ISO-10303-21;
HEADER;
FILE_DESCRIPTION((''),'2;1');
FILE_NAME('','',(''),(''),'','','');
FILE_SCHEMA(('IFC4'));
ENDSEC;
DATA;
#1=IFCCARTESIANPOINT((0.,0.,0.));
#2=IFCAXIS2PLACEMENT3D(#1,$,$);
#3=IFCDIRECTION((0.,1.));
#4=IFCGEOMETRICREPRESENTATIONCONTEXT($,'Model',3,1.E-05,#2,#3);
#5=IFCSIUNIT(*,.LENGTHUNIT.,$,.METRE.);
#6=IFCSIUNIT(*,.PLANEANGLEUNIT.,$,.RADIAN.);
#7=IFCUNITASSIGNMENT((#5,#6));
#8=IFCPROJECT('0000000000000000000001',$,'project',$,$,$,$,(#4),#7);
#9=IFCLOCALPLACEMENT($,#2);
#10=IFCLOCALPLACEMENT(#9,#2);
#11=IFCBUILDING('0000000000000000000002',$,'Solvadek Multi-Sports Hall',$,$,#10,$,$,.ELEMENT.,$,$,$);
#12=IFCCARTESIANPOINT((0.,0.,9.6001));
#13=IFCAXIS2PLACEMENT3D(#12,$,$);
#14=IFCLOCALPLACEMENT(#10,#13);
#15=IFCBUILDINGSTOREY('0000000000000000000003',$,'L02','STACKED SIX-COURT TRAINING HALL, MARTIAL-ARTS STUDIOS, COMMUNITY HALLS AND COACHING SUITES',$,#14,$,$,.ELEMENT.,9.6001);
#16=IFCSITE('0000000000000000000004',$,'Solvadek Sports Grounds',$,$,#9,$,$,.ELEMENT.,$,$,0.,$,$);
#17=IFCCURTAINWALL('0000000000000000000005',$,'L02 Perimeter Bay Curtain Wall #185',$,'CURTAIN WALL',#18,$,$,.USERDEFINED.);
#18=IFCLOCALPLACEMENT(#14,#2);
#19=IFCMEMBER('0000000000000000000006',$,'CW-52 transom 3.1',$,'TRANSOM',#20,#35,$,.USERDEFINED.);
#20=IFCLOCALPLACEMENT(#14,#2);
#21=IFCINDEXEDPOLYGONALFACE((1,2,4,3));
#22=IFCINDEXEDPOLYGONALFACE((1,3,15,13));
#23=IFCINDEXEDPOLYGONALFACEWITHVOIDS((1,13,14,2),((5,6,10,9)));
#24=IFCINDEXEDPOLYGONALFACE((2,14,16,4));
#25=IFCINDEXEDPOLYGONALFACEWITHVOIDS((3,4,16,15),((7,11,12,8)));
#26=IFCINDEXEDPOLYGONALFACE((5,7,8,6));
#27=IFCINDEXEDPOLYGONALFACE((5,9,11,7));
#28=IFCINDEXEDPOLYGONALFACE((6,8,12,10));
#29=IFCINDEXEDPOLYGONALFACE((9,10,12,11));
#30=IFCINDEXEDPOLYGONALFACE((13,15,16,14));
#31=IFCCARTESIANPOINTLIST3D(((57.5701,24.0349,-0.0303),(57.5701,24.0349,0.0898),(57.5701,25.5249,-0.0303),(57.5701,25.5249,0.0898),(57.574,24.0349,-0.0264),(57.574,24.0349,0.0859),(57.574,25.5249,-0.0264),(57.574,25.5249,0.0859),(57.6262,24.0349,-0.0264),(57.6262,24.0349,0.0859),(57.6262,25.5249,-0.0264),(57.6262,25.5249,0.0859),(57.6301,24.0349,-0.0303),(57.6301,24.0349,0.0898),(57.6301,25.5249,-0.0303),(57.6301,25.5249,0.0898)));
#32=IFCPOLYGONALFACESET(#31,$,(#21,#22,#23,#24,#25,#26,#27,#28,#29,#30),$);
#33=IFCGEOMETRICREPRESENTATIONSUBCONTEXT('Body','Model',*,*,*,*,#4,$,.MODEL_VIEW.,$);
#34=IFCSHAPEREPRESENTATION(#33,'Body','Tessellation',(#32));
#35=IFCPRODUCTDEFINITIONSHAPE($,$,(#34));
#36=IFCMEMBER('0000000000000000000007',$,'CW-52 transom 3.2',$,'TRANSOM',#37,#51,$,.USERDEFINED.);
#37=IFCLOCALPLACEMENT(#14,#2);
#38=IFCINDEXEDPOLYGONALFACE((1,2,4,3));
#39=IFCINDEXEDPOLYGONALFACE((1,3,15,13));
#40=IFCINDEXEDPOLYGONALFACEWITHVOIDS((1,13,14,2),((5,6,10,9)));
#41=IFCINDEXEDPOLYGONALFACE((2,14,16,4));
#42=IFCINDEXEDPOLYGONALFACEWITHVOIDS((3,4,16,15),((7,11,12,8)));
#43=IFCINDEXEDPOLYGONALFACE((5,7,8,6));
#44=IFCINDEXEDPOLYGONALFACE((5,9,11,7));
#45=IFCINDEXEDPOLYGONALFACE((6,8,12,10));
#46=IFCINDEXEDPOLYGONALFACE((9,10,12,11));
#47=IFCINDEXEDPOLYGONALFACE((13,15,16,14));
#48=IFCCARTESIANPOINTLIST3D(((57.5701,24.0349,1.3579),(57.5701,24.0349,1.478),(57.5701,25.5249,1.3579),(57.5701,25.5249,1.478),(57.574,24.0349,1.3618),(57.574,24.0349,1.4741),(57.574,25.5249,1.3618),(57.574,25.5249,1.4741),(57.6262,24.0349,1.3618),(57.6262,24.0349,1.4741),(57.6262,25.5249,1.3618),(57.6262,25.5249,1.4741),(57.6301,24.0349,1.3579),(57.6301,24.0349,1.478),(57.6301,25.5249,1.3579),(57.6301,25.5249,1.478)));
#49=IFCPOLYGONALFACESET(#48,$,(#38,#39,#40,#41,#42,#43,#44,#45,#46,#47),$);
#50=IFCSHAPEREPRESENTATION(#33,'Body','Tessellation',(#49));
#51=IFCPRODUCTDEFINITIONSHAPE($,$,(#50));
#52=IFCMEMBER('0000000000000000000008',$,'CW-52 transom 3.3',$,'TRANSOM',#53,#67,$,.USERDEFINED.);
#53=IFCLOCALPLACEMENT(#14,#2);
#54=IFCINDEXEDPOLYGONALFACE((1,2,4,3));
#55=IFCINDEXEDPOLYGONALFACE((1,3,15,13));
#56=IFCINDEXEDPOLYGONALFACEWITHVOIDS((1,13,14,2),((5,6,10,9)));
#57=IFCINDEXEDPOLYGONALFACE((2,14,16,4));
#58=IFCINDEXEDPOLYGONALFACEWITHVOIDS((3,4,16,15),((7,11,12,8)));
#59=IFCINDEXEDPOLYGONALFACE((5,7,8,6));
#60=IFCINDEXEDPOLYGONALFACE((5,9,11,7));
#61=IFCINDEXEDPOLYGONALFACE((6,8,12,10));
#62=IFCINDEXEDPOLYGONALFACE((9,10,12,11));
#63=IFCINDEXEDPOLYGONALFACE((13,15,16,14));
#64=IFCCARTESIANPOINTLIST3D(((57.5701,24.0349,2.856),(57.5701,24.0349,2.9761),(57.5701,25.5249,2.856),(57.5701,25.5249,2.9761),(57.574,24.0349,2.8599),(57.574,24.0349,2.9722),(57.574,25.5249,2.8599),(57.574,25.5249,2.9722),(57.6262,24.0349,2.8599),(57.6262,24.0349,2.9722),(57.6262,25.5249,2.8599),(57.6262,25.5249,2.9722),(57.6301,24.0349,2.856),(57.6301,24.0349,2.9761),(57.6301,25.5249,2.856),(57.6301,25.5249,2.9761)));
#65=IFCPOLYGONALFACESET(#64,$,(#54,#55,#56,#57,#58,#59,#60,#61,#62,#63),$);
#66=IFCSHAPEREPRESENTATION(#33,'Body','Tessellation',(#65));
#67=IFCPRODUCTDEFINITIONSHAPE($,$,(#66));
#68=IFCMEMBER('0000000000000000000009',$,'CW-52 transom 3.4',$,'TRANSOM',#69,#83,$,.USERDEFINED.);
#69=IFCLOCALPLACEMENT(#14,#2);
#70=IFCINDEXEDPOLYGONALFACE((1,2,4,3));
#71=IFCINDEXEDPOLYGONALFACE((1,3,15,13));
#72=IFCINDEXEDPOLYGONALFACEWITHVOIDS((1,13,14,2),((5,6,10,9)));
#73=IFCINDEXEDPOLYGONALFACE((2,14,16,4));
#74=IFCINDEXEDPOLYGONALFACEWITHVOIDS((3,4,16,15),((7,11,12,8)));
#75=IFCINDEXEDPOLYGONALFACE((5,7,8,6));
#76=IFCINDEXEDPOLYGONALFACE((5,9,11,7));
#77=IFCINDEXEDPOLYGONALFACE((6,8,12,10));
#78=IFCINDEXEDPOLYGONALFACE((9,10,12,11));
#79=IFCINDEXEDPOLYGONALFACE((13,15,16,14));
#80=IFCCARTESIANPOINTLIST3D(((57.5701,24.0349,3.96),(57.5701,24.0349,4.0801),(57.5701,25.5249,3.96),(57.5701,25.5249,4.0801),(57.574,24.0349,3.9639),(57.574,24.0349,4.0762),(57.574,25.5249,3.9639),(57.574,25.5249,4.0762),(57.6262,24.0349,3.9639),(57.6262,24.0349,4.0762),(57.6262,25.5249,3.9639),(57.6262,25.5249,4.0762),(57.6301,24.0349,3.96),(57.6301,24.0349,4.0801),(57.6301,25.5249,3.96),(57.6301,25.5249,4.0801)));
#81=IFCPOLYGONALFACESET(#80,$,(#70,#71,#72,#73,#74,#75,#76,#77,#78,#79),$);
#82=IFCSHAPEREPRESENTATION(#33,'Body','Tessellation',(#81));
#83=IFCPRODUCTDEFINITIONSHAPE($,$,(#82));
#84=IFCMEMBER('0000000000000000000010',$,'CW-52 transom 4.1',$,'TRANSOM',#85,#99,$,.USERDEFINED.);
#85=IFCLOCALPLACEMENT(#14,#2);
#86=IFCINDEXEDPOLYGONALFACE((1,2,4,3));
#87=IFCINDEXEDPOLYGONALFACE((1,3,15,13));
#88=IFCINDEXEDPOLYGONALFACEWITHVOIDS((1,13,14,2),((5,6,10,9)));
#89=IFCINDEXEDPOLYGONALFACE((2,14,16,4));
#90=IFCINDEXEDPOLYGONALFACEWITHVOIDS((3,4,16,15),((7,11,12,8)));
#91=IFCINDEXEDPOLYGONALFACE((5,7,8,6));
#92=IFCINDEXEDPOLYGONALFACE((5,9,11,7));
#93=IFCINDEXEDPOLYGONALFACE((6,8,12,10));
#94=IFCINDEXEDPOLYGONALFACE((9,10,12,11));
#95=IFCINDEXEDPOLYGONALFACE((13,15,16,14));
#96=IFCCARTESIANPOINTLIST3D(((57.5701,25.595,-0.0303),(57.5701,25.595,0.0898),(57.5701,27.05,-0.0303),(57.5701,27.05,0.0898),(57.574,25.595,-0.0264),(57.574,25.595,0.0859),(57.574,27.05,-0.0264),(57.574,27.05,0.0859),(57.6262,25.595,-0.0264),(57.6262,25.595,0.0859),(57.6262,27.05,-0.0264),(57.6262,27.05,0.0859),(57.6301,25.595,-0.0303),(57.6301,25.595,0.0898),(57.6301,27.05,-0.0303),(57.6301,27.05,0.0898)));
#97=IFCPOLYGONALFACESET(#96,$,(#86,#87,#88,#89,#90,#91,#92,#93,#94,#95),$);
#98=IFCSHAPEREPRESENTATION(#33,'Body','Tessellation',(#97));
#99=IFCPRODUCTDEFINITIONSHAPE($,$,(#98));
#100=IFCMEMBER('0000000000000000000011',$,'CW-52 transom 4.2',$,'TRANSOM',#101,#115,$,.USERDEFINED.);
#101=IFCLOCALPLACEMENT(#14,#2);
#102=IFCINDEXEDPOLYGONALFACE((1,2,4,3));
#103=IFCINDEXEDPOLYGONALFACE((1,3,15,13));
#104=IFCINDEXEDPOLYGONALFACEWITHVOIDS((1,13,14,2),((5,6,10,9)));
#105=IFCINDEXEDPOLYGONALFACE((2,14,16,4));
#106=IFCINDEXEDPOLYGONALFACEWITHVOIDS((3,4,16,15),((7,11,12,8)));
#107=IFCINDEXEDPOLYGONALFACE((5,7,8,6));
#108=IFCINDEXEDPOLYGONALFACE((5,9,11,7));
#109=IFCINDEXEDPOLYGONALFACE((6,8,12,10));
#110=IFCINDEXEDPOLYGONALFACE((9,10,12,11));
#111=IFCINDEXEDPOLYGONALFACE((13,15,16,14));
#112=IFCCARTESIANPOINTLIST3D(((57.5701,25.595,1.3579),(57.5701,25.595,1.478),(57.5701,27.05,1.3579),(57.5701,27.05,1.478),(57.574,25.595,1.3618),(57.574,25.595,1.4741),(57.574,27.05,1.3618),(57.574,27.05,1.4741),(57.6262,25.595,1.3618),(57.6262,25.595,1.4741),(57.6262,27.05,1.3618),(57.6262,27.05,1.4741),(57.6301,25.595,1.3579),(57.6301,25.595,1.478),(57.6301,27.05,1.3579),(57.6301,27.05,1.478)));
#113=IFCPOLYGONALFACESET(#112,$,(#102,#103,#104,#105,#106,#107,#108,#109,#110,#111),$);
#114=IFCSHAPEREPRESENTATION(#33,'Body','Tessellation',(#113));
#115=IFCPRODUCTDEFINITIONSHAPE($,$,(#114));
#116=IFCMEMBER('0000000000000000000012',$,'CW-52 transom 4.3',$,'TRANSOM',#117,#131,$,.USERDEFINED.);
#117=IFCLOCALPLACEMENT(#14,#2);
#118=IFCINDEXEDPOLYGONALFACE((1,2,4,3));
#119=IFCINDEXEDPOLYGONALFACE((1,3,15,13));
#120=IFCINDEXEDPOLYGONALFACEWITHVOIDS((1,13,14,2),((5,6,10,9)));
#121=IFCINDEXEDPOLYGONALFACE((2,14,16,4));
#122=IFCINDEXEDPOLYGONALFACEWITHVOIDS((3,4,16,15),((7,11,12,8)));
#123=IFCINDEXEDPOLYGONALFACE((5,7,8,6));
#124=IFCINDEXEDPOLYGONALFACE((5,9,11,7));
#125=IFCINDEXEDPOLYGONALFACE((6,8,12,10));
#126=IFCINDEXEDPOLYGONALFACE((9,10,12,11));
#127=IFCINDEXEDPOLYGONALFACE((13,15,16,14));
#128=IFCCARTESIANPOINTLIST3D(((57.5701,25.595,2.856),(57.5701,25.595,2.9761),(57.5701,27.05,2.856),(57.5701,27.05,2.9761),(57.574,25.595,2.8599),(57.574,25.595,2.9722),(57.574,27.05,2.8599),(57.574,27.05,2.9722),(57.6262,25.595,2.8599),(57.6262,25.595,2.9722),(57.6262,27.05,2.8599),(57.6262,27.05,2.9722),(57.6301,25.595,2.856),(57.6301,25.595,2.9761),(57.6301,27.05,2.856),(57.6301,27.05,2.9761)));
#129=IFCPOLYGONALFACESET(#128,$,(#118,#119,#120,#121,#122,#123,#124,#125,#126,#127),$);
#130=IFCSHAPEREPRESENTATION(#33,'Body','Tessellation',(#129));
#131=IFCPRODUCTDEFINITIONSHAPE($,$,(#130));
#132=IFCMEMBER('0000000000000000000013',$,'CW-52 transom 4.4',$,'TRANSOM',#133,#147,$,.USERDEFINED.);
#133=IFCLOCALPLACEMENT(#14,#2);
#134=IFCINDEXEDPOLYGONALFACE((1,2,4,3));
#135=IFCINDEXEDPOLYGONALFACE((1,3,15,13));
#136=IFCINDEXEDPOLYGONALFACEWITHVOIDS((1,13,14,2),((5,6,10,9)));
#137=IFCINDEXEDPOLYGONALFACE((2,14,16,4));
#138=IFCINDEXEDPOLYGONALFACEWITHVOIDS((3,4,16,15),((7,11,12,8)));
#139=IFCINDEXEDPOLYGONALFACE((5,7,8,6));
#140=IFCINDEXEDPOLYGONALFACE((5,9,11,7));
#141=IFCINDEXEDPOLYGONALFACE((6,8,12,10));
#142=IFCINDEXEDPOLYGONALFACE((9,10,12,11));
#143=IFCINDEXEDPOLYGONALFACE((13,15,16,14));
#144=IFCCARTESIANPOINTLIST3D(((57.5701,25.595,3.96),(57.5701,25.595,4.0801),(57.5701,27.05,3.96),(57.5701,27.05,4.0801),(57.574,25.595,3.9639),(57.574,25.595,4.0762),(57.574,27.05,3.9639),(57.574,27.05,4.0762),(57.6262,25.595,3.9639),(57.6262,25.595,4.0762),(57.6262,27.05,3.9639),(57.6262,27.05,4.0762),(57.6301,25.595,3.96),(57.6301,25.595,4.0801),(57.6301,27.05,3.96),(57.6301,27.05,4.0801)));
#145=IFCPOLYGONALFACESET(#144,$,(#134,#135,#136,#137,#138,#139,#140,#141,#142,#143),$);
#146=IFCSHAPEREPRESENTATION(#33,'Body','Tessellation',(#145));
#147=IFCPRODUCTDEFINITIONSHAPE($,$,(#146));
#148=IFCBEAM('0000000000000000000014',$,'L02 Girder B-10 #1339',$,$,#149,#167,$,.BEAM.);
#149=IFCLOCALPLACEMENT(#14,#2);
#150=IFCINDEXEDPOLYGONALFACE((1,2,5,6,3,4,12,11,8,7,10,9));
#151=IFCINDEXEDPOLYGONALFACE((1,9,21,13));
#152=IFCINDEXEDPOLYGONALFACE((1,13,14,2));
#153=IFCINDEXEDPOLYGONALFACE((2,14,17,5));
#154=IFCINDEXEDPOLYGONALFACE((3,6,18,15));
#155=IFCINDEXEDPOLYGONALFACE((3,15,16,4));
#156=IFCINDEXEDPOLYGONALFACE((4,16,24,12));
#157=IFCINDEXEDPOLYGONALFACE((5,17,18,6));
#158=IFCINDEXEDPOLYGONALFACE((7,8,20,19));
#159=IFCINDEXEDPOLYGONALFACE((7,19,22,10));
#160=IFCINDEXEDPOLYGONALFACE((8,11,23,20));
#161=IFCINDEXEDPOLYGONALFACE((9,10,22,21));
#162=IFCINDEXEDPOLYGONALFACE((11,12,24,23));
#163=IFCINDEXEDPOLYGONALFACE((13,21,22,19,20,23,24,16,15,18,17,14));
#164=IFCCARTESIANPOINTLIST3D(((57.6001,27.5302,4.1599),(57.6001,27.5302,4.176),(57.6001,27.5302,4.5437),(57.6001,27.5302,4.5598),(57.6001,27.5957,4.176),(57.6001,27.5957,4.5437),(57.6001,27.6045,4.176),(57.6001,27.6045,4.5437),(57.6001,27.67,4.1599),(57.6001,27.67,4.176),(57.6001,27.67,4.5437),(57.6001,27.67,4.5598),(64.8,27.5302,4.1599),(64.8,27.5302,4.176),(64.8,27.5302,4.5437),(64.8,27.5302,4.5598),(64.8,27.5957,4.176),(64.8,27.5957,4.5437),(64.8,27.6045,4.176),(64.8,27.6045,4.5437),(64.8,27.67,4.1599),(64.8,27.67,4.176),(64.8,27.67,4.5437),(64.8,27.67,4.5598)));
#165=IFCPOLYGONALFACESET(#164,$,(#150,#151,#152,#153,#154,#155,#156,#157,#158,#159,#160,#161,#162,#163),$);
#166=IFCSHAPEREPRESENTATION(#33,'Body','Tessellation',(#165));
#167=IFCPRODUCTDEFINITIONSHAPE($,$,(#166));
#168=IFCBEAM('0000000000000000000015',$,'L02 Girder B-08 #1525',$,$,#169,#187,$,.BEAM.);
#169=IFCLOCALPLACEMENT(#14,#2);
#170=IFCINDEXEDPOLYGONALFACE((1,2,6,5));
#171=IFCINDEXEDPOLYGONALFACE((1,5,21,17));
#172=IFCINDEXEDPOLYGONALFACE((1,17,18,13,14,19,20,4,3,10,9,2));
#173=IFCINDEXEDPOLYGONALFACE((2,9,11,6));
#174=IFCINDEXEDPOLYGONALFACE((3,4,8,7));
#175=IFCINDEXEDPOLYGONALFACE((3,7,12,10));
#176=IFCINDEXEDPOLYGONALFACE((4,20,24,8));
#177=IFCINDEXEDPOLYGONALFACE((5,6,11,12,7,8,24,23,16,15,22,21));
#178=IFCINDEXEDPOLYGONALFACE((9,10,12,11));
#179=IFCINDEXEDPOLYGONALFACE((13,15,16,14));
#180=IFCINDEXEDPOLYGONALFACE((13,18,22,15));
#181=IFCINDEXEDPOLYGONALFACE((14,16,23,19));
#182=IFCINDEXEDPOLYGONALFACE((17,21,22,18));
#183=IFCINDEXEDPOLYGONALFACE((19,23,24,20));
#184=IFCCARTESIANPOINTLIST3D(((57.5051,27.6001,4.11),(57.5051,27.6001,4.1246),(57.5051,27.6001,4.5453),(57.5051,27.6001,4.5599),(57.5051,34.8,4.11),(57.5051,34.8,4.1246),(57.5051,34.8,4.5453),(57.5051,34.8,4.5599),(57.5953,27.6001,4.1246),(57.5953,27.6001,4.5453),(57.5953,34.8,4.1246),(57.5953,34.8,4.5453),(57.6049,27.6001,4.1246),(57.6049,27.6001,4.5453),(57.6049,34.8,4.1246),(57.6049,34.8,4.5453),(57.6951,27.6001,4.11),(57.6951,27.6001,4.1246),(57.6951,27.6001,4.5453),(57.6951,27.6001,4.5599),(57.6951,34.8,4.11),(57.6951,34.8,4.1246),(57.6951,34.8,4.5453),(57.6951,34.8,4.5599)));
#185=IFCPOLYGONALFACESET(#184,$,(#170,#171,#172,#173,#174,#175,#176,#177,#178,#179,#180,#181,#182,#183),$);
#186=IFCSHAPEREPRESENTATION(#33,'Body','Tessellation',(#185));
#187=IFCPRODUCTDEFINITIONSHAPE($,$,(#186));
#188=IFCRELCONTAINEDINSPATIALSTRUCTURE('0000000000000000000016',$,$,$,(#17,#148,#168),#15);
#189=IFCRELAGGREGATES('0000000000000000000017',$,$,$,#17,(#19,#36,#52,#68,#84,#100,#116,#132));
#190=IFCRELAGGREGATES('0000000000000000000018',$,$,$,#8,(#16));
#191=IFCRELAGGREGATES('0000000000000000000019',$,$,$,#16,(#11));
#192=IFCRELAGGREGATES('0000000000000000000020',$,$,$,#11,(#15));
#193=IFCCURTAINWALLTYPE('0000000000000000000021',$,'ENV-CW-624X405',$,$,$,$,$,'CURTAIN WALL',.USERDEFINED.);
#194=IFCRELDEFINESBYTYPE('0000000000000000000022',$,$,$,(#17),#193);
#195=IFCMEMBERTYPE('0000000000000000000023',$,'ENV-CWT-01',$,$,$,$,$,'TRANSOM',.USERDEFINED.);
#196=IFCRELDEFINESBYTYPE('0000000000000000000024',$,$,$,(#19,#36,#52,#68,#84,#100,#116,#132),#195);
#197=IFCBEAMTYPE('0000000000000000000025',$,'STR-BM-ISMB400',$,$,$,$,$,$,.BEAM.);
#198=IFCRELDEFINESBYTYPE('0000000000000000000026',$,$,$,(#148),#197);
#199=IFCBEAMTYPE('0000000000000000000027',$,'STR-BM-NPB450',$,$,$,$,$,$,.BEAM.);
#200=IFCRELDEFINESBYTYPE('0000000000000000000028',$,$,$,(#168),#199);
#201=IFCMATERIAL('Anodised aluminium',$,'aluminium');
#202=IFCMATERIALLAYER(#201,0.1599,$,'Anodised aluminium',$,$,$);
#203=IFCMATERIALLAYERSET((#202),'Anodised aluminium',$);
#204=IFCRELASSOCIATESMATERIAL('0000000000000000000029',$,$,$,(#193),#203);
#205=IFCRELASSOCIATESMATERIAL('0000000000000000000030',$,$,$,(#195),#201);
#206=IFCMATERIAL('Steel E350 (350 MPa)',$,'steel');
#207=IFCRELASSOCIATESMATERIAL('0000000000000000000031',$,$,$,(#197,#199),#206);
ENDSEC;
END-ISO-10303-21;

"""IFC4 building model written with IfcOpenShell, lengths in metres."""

from ifc_helpers import new_model, si_unit, direction, frame, origin, origin_2d, place, context, subcontext, project, spatial, hollow_rectangle, i_section, extrude, material, layer, layer_set, material_profile, profile_set, type_object, element, aggregate, save


model = new_model("IFC4")

# Units and contexts
model_context = context("Model", 3, precision=1e-05, world=origin(), true_north=direction((0.0, 1.0)))
body_context = subcontext(model_context, "Body", "Model", "MODEL_VIEW")
ifc_project = project(units=[si_unit("LENGTHUNIT", "METRE"), si_unit("PLANEANGLEUNIT", "RADIAN")], contexts=[model_context])

# Site, building, storey
site_placement = place(None, origin())
site = spatial("IfcSite", under=ifc_project, at=site_placement, Name="Solvadek Sports Grounds", CompositionType="ELEMENT", RefElevation=0.0)
building_placement = place(site_placement, origin())
building = spatial("IfcBuilding", under=site, at=building_placement, Name="Solvadek Multi-Sports Hall", CompositionType="ELEMENT")
storey_placement = place(building_placement, frame((0.0, 0.0, 9.6001)))
storey = spatial("IfcBuildingStorey", under=building, at=storey_placement, Name="L02", Description="STACKED SIX-COURT TRAINING HALL, MARTIAL-ARTS STUDIOS, COMMUNITY HALLS AND COACHING SUITES", CompositionType="ELEMENT", Elevation=9.6001)

# Shared definitions
ifc_material_1 = material(Name="Steel E350 (350 MPa)", Category="steel")

# Shared definitions
ifc_material_2 = material(Name="Anodised aluminium", Category="aluminium")

# Curtain wall, members
ifc_layer_1 = layer(ifc_material_2, 0.1599, Name="Anodised aluminium")
ifc_layer_set_1 = layer_set([ifc_layer_1], Name="Anodised aluminium")
curtain_wall_type_1 = type_object("IfcCurtainWallType", Name="ENV-CW-624X405", ElementType="CURTAIN WALL", PredefinedType="USERDEFINED", material=ifc_layer_set_1)
curtain_wall_1_placement = place(storey_placement, origin())
curtain_wall_1 = element("IfcCurtainWall", 1, at=curtain_wall_1_placement, inside=storey, type_object=curtain_wall_type_1, Name="L02 Perimeter Bay Curtain Wall #185", ObjectType="CURTAIN WALL", PredefinedType="USERDEFINED")
ifc_material_profile_1 = material_profile(ifc_material_2, hollow_rectangle(XDim=0.0601, YDim=0.1201, WallThickness=0.0039, at=origin_2d()), Name="ALU-T 120x60x4")
ifc_profile_set_1 = profile_set([ifc_material_profile_1], Name="Anodised aluminium")
member_type_1 = type_object("IfcMemberType", Name="ENV-CWT-01", ElementType="TRANSOM", PredefinedType="USERDEFINED", material=ifc_profile_set_1)
member_1_placement = place(storey_placement, frame((57.6001, 24.0349, 0.0298), z_axis=(0.0, 1.0, 0.0), x_axis=(-1.0, 0.0, 0.0)))
member_1 = element("IfcMember", 2, at=member_1_placement, type_object=member_type_1, Name="CW-52 transom 3.1", ObjectType="TRANSOM", PredefinedType="USERDEFINED", context=body_context, shape_type="SweptSolid", body=[
    extrude(hollow_rectangle(XDim=0.0601, YDim=0.1201, WallThickness=0.0039, at=origin_2d()), origin(), (0.0, 0.0, 1.0), 1.49),
])
member_2_placement = place(storey_placement, frame((57.6001, 24.0349, 1.418), z_axis=(0.0, 1.0, 0.0), x_axis=(-1.0, 0.0, 0.0)))
member_2 = element("IfcMember", 3, at=member_2_placement, type_object=member_type_1, Name="CW-52 transom 3.2", ObjectType="TRANSOM", PredefinedType="USERDEFINED", context=body_context, shape_type="SweptSolid", body=[
    extrude(hollow_rectangle(XDim=0.0601, YDim=0.1201, WallThickness=0.0039, at=origin_2d()), origin(), (0.0, 0.0, 1.0), 1.49),
])
member_3_placement = place(storey_placement, frame((57.6001, 24.0349, 2.916), z_axis=(0.0, 1.0, 0.0), x_axis=(-1.0, 0.0, 0.0)))
member_3 = element("IfcMember", 4, at=member_3_placement, type_object=member_type_1, Name="CW-52 transom 3.3", ObjectType="TRANSOM", PredefinedType="USERDEFINED", context=body_context, shape_type="SweptSolid", body=[
    extrude(hollow_rectangle(XDim=0.0601, YDim=0.1201, WallThickness=0.0039, at=origin_2d()), origin(), (0.0, 0.0, 1.0), 1.49),
])
member_4_placement = place(storey_placement, frame((57.6001, 24.0349, 4.02), z_axis=(0.0, 1.0, 0.0), x_axis=(-1.0, 0.0, 0.0)))
member_4 = element("IfcMember", 5, at=member_4_placement, type_object=member_type_1, Name="CW-52 transom 3.4", ObjectType="TRANSOM", PredefinedType="USERDEFINED", context=body_context, shape_type="SweptSolid", body=[
    extrude(hollow_rectangle(XDim=0.0601, YDim=0.1201, WallThickness=0.0039, at=origin_2d()), origin(), (0.0, 0.0, 1.0), 1.49),
])
member_5_placement = place(storey_placement, frame((57.6001, 25.595, 0.0298), z_axis=(0.0, 1.0, 0.0), x_axis=(-1.0, 0.0, 0.0)))
member_5 = element("IfcMember", 6, at=member_5_placement, type_object=member_type_1, Name="CW-52 transom 4.1", ObjectType="TRANSOM", PredefinedType="USERDEFINED", context=body_context, shape_type="SweptSolid", body=[
    extrude(hollow_rectangle(XDim=0.0601, YDim=0.1201, WallThickness=0.0039, at=origin_2d()), origin(), (0.0, 0.0, 1.0), 1.4551),
])
member_6_placement = place(storey_placement, frame((57.6001, 25.595, 1.418), z_axis=(0.0, 1.0, 0.0), x_axis=(-1.0, 0.0, 0.0)))
member_6 = element("IfcMember", 7, at=member_6_placement, type_object=member_type_1, Name="CW-52 transom 4.2", ObjectType="TRANSOM", PredefinedType="USERDEFINED", context=body_context, shape_type="SweptSolid", body=[
    extrude(hollow_rectangle(XDim=0.0601, YDim=0.1201, WallThickness=0.0039, at=origin_2d()), origin(), (0.0, 0.0, 1.0), 1.4551),
])
member_7_placement = place(storey_placement, frame((57.6001, 25.595, 2.916), z_axis=(0.0, 1.0, 0.0), x_axis=(-1.0, 0.0, 0.0)))
member_7 = element("IfcMember", 8, at=member_7_placement, type_object=member_type_1, Name="CW-52 transom 4.3", ObjectType="TRANSOM", PredefinedType="USERDEFINED", context=body_context, shape_type="SweptSolid", body=[
    extrude(hollow_rectangle(XDim=0.0601, YDim=0.1201, WallThickness=0.0039, at=origin_2d()), origin(), (0.0, 0.0, 1.0), 1.4551),
])
member_8_placement = place(storey_placement, frame((57.6001, 25.595, 4.02), z_axis=(0.0, 1.0, 0.0), x_axis=(-1.0, 0.0, 0.0)))
member_8 = element("IfcMember", 9, at=member_8_placement, type_object=member_type_1, Name="CW-52 transom 4.4", ObjectType="TRANSOM", PredefinedType="USERDEFINED", context=body_context, shape_type="SweptSolid", body=[
    extrude(hollow_rectangle(XDim=0.0601, YDim=0.1201, WallThickness=0.0039, at=origin_2d()), origin(), (0.0, 0.0, 1.0), 1.4551),
])

# Beams
ifc_material_profile_2 = material_profile(ifc_material_1, i_section(OverallWidth=0.1399, OverallDepth=0.3999, WebThickness=0.0088, FlangeThickness=0.0161, at=origin_2d()), Name="ISMB 400")
ifc_profile_set_2 = profile_set([ifc_material_profile_2], Name="Steel E350 (350 MPa)")
beam_type_1 = type_object("IfcBeamType", Name="STR-BM-ISMB400", PredefinedType="BEAM", material=ifc_profile_set_2)
beam_1_placement = place(storey_placement, frame((57.6001, 27.6001, 4.3599), z_axis=(1.0, 0.0, 0.0), x_axis=(0.0, 1.0, 0.0)))
element("IfcBeam", 10, at=beam_1_placement, inside=storey, type_object=beam_type_1, Name="L02 Girder B-10 #1339", PredefinedType="BEAM", context=body_context, shape_type="SweptSolid", body=[
    extrude(i_section(OverallWidth=0.1399, OverallDepth=0.3999, WebThickness=0.0088, FlangeThickness=0.0161, at=origin_2d()), origin(), (0.0, 0.0, 1.0), 7.2),
])
ifc_material_profile_3 = material_profile(ifc_material_1, i_section(OverallWidth=0.1899, OverallDepth=0.45, WebThickness=0.0095, FlangeThickness=0.0146, at=origin_2d()), Name="NPB 450")
ifc_profile_set_3 = profile_set([ifc_material_profile_3], Name="Steel E350 (350 MPa)")
beam_type_2 = type_object("IfcBeamType", Name="STR-BM-NPB450", PredefinedType="BEAM", material=ifc_profile_set_3)
beam_2_placement = place(storey_placement, frame((57.6001, 27.6001, 4.335), z_axis=(0.0, 1.0, 0.0), x_axis=(-1.0, 0.0, 0.0)))
element("IfcBeam", 11, at=beam_2_placement, inside=storey, type_object=beam_type_2, Name="L02 Girder B-08 #1525", PredefinedType="BEAM", context=body_context, shape_type="SweptSolid", body=[
    extrude(i_section(OverallWidth=0.1899, OverallDepth=0.45, WebThickness=0.0095, FlangeThickness=0.0146, at=origin_2d()), origin(), (0.0, 0.0, 1.0), 7.2),
])

aggregate(curtain_wall_1, [member_1, member_2, member_3, member_4, member_5, member_6, member_7, member_8])

save(model, "model.ifc")
